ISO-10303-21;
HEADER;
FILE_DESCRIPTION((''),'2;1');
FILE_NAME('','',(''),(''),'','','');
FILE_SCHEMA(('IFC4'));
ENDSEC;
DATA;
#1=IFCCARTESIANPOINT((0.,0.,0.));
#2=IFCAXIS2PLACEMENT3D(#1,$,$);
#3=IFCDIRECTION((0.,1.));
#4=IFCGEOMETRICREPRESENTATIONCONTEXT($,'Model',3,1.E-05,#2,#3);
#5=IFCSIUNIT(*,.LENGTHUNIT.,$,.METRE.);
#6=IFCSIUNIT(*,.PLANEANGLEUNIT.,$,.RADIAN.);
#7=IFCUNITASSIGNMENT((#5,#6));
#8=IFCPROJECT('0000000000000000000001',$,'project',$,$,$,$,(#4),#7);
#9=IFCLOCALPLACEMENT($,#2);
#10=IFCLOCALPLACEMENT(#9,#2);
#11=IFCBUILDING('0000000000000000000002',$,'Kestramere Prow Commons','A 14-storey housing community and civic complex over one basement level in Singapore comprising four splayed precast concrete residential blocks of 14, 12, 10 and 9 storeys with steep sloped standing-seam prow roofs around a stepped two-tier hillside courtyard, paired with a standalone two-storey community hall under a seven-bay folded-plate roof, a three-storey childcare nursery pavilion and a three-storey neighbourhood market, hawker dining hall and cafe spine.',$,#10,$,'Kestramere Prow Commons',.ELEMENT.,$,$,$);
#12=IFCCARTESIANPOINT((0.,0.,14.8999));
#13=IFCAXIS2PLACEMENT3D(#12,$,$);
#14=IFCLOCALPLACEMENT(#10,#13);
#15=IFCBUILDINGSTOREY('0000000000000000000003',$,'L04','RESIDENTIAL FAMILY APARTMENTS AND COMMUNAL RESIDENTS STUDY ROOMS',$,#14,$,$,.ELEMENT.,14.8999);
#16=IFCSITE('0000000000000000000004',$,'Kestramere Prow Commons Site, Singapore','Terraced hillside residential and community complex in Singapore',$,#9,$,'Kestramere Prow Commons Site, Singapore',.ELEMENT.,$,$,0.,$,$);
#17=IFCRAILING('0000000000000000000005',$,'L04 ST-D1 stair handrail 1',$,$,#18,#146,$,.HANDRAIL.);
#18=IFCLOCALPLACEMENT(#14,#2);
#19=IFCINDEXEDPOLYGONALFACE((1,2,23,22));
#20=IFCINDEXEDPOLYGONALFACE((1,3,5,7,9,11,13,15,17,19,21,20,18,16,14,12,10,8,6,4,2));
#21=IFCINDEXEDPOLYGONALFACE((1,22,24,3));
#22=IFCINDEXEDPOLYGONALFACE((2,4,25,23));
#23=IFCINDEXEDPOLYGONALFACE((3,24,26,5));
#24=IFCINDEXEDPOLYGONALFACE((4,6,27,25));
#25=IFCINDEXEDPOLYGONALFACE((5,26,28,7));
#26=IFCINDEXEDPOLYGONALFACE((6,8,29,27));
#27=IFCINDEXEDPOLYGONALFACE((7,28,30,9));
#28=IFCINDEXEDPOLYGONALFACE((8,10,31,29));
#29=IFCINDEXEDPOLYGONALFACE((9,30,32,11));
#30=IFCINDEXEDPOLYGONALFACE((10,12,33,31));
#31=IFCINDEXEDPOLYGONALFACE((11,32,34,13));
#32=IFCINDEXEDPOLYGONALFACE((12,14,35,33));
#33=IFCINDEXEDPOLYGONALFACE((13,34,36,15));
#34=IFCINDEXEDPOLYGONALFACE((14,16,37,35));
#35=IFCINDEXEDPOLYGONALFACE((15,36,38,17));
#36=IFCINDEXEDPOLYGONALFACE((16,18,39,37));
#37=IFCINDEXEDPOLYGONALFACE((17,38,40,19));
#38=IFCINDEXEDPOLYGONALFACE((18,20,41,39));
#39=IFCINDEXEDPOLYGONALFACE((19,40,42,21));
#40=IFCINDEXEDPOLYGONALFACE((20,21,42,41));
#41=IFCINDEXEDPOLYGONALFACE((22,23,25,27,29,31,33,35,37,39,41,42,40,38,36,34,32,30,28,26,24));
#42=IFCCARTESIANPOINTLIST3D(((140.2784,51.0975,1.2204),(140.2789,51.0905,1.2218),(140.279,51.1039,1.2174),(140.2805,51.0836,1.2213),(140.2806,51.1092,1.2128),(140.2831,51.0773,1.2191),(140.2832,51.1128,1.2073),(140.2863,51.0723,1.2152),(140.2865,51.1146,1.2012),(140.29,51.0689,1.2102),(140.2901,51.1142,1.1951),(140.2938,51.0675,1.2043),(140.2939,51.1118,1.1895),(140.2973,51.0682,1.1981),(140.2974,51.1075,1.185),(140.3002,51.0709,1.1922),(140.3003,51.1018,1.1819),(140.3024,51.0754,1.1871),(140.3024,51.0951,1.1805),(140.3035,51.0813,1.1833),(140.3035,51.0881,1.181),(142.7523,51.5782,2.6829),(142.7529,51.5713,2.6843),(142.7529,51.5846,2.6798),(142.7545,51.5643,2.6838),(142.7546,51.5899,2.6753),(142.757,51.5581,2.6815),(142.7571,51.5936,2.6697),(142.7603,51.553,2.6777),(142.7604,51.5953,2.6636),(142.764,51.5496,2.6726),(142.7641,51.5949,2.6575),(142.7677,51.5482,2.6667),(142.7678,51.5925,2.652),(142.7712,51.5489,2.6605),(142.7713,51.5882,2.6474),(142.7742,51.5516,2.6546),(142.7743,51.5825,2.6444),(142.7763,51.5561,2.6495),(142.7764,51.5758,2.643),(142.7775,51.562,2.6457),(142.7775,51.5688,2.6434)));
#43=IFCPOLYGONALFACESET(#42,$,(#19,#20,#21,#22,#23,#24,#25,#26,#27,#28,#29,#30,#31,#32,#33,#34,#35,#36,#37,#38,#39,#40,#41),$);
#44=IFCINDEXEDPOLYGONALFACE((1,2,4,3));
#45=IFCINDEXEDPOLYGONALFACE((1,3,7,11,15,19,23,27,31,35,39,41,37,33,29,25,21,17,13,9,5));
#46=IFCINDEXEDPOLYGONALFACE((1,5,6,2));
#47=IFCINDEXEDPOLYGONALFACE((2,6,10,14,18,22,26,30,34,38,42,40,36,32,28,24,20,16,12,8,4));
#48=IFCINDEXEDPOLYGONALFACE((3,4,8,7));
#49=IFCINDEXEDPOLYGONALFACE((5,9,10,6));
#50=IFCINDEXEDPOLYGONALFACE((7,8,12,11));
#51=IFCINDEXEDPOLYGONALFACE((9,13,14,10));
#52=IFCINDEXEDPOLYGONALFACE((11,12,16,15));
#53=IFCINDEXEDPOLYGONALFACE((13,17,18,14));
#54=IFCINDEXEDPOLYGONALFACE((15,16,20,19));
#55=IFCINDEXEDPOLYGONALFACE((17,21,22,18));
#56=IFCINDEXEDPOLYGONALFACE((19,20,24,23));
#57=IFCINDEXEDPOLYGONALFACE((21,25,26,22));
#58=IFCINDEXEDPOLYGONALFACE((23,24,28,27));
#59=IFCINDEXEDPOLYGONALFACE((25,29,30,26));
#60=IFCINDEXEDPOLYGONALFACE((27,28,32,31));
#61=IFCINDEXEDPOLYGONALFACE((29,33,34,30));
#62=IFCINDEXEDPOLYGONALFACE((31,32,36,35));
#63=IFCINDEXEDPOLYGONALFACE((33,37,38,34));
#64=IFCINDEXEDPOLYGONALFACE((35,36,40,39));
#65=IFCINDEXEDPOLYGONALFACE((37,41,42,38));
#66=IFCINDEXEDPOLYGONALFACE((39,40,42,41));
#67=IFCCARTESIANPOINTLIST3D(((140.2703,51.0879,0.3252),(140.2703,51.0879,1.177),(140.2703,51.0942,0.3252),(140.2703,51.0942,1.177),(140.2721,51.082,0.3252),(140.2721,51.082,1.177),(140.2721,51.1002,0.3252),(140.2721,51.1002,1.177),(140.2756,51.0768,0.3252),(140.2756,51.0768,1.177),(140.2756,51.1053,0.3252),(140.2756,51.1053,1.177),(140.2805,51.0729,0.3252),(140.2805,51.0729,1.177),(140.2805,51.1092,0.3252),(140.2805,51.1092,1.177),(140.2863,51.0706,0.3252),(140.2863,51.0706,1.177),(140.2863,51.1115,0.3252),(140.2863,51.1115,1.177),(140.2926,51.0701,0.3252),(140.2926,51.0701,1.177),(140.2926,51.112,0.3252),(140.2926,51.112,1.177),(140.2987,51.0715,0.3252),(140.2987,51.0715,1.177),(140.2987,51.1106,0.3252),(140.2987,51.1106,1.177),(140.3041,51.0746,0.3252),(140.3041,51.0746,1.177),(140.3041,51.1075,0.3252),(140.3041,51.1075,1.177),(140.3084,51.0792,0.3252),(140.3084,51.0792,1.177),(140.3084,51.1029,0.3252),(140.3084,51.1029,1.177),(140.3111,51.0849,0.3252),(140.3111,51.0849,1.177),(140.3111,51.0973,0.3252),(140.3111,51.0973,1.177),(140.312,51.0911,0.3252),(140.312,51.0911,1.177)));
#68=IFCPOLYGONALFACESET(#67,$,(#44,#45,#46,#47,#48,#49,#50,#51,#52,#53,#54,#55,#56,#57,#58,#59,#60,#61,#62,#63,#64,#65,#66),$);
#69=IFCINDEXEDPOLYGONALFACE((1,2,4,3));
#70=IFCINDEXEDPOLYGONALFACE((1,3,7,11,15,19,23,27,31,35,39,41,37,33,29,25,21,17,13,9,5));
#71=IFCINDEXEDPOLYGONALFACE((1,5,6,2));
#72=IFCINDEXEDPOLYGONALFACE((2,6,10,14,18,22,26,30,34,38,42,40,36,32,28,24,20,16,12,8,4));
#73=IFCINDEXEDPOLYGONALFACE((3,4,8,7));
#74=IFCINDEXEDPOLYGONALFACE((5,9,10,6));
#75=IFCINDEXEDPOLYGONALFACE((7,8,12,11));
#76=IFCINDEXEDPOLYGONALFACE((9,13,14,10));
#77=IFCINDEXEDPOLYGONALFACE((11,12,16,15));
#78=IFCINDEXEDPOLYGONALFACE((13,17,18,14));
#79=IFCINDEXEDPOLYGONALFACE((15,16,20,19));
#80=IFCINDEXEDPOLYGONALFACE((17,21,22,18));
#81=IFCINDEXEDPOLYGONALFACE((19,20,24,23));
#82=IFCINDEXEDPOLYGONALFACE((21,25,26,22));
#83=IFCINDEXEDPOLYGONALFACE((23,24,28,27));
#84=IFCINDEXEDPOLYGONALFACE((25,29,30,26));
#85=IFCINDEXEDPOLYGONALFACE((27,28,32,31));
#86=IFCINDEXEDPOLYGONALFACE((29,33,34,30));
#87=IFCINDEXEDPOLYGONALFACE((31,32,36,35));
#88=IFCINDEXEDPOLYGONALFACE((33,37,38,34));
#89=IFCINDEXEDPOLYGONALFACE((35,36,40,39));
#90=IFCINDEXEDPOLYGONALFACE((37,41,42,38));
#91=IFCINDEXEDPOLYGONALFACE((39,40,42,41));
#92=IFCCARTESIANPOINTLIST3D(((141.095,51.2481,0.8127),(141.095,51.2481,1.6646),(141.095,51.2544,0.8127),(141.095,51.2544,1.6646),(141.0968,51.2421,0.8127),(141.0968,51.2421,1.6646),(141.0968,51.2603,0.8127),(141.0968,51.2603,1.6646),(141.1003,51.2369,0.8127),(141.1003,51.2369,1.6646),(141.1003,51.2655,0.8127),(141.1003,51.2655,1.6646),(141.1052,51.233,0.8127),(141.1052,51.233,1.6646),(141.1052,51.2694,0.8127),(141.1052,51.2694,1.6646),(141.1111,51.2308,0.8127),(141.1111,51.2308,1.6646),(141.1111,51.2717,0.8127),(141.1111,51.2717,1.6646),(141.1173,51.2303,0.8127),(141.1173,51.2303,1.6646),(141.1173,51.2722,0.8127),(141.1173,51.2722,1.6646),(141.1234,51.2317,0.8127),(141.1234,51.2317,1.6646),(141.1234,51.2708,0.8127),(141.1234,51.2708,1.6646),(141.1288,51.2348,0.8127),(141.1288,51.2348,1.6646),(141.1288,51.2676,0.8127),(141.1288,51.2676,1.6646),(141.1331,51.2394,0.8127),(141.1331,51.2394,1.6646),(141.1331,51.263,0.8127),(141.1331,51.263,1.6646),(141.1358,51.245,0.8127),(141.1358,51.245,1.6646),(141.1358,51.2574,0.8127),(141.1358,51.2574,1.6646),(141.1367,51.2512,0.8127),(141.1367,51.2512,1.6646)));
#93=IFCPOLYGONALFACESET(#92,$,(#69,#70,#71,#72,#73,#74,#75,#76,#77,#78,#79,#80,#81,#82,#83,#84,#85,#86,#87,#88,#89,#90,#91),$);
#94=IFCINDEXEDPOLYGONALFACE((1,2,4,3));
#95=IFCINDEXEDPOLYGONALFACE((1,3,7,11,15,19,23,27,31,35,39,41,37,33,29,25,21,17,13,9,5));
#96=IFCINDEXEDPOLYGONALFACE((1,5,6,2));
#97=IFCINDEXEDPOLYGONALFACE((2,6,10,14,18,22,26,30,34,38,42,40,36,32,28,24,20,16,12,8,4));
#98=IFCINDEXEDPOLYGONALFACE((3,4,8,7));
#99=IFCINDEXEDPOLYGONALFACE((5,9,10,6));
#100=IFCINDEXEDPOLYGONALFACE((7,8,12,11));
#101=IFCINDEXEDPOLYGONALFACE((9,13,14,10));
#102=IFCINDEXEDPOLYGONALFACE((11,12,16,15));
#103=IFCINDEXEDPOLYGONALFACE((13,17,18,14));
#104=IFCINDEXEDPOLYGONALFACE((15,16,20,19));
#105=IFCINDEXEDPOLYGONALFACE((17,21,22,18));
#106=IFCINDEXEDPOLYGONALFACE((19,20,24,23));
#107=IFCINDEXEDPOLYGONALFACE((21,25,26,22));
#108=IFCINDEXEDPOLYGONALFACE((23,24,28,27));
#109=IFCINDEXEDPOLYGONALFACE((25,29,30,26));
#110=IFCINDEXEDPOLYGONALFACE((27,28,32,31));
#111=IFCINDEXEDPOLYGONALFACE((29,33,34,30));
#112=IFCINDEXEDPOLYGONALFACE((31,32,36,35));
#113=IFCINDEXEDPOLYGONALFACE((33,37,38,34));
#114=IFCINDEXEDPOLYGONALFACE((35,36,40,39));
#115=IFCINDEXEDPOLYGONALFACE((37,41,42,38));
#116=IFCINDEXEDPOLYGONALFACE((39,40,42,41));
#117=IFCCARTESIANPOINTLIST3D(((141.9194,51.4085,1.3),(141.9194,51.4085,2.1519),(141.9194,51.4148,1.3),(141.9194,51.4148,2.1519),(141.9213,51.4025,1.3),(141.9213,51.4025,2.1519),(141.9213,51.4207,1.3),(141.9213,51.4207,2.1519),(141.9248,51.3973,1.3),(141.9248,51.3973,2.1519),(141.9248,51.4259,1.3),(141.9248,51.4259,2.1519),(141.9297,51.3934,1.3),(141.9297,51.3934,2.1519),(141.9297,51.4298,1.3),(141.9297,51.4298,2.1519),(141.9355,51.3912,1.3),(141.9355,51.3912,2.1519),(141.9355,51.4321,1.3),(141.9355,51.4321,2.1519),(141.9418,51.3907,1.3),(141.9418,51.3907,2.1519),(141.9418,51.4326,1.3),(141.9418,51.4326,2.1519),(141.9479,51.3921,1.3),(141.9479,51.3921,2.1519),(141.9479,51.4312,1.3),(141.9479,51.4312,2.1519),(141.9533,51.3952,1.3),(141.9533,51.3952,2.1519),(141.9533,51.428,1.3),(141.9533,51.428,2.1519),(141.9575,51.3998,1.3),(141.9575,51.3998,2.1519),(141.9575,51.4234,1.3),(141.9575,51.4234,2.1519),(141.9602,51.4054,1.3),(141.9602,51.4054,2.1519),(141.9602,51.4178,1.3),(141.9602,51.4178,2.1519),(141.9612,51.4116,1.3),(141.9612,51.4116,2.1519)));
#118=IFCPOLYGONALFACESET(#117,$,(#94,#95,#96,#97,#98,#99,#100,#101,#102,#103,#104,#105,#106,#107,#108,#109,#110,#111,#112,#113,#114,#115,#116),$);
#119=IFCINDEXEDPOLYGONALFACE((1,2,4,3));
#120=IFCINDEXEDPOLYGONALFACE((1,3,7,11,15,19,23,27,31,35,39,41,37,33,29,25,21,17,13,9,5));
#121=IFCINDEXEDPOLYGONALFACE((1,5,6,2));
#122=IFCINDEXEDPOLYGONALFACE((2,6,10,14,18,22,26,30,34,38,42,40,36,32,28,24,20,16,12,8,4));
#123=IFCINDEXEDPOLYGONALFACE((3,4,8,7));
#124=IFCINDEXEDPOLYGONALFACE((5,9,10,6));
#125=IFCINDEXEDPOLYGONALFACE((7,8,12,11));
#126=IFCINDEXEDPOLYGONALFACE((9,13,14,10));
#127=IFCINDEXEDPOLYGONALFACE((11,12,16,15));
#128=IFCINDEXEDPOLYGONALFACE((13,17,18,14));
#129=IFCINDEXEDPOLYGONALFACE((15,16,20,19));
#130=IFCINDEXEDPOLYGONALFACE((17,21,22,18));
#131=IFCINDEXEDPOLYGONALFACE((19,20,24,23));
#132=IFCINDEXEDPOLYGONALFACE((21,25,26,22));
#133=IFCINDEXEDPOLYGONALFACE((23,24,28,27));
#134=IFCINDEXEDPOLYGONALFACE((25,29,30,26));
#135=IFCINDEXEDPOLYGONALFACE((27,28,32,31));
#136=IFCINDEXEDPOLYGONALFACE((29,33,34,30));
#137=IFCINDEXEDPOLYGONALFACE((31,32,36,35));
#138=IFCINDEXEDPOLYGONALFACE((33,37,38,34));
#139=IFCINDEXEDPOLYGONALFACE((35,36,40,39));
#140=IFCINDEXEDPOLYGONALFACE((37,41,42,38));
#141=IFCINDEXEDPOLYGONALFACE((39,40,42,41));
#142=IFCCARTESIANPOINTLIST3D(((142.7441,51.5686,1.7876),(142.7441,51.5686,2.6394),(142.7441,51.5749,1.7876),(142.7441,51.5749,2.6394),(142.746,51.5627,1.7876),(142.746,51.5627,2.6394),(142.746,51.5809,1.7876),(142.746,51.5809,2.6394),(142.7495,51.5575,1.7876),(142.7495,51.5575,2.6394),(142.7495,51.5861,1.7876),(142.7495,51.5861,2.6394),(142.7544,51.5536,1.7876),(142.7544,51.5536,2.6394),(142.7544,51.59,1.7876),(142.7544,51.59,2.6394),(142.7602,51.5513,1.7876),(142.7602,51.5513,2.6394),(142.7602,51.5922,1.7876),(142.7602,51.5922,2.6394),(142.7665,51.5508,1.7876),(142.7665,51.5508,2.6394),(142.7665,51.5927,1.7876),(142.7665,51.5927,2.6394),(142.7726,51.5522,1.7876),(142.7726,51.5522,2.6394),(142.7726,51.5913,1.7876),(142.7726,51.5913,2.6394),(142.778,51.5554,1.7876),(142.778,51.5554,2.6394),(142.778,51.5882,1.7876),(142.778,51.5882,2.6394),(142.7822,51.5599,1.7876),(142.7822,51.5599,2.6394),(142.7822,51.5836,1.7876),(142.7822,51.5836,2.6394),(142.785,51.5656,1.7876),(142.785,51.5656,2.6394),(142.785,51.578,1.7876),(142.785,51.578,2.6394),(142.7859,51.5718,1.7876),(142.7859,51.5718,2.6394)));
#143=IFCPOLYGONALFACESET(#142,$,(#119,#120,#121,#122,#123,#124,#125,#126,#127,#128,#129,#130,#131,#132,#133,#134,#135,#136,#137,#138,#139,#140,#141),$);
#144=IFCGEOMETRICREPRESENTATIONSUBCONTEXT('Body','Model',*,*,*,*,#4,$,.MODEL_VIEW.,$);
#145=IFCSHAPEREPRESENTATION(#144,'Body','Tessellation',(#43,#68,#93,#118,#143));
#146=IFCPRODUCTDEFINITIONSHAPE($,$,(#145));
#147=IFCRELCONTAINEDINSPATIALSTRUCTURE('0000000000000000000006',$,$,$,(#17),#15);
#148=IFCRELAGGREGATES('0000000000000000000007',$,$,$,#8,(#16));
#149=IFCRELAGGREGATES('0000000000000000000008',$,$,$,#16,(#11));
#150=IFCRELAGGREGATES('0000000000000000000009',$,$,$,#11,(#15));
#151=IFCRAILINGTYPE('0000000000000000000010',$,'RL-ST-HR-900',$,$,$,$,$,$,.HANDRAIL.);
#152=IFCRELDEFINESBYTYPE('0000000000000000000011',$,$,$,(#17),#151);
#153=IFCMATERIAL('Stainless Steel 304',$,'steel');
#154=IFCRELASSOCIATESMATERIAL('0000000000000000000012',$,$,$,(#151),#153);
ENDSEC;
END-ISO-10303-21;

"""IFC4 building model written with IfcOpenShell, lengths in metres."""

from ifc_helpers import new_model, si_unit, direction, frame, origin, origin_2d, place, context, subcontext, project, spatial, circle, extrude, material, type_object, element, save


model = new_model("IFC4")

# Units and contexts
model_context = context("Model", 3, precision=1e-05, world=origin(), true_north=direction((0.0, 1.0)))
body_context = subcontext(model_context, "Body", "Model", "MODEL_VIEW")
ifc_project = project(units=[si_unit("LENGTHUNIT", "METRE"), si_unit("PLANEANGLEUNIT", "RADIAN")], contexts=[model_context])

# Site, building, storey
site_placement = place(None, origin())
site = spatial("IfcSite", under=ifc_project, at=site_placement, Name="Kestramere Prow Commons Site, Singapore", Description="Terraced hillside residential and community complex in Singapore", LongName="Kestramere Prow Commons Site, Singapore", CompositionType="ELEMENT", RefElevation=0.0)
building_placement = place(site_placement, origin())
building = spatial("IfcBuilding", under=site, at=building_placement, Name="Kestramere Prow Commons", Description="A 14-storey housing community and civic complex over one basement level in Singapore comprising four splayed precast concrete residential blocks of 14, 12, 10 and 9 storeys with steep sloped standing-seam prow roofs around a stepped two-tier hillside courtyard, paired with a standalone two-storey community hall under a seven-bay folded-plate roof, a three-storey childcare nursery pavilion and a three-storey neighbourhood market, hawker dining hall and cafe spine.", LongName="Kestramere Prow Commons", CompositionType="ELEMENT")
storey_placement = place(building_placement, frame((0.0, 0.0, 14.8999)))
storey = spatial("IfcBuildingStorey", under=building, at=storey_placement, Name="L04", Description="RESIDENTIAL FAMILY APARTMENTS AND COMMUNAL RESIDENTS STUDY ROOMS", CompositionType="ELEMENT", Elevation=14.8999)

# Railing
ifc_material_1 = material(Name="Stainless Steel 304", Category="steel")
railing_type = type_object("IfcRailingType", Name="RL-ST-HR-900", PredefinedType="HANDRAIL", material=ifc_material_1)
railing_placement = place(storey_placement, frame((140.291, 51.0911, 0.3252)))
element("IfcRailing", 1, at=railing_placement, inside=storey, type_object=railing_type, Name="L04 ST-D1 stair handrail 1", PredefinedType="HANDRAIL", context=body_context, shape_type="SweptSolid", body=[
    extrude(circle(Radius=0.0239, at=origin_2d()), frame((0.0, 0.0, 0.876), z_axis=(0.849044, 0.164982, 0.501902), x_axis=(-0.190748, 0.981639, 0.0)), (0.0, 0.0, 1.0), 2.9138),
    extrude(circle(Radius=0.021, at=origin_2d()), origin(), (0.0, 0.0, 1.0), 0.8518),
    extrude(circle(Radius=0.021, at=origin_2d()), frame((0.8247, 0.1602, 0.4875)), (0.0, 0.0, 1.0), 0.8518),
    extrude(circle(Radius=0.021, at=origin_2d()), frame((1.6492, 0.3206, 0.9749)), (0.0, 0.0, 1.0), 0.8518),
    extrude(circle(Radius=0.021, at=origin_2d()), frame((2.4739, 0.4807, 1.4624)), (0.0, 0.0, 1.0), 0.8518),
])

save(model, "model.ifc")
